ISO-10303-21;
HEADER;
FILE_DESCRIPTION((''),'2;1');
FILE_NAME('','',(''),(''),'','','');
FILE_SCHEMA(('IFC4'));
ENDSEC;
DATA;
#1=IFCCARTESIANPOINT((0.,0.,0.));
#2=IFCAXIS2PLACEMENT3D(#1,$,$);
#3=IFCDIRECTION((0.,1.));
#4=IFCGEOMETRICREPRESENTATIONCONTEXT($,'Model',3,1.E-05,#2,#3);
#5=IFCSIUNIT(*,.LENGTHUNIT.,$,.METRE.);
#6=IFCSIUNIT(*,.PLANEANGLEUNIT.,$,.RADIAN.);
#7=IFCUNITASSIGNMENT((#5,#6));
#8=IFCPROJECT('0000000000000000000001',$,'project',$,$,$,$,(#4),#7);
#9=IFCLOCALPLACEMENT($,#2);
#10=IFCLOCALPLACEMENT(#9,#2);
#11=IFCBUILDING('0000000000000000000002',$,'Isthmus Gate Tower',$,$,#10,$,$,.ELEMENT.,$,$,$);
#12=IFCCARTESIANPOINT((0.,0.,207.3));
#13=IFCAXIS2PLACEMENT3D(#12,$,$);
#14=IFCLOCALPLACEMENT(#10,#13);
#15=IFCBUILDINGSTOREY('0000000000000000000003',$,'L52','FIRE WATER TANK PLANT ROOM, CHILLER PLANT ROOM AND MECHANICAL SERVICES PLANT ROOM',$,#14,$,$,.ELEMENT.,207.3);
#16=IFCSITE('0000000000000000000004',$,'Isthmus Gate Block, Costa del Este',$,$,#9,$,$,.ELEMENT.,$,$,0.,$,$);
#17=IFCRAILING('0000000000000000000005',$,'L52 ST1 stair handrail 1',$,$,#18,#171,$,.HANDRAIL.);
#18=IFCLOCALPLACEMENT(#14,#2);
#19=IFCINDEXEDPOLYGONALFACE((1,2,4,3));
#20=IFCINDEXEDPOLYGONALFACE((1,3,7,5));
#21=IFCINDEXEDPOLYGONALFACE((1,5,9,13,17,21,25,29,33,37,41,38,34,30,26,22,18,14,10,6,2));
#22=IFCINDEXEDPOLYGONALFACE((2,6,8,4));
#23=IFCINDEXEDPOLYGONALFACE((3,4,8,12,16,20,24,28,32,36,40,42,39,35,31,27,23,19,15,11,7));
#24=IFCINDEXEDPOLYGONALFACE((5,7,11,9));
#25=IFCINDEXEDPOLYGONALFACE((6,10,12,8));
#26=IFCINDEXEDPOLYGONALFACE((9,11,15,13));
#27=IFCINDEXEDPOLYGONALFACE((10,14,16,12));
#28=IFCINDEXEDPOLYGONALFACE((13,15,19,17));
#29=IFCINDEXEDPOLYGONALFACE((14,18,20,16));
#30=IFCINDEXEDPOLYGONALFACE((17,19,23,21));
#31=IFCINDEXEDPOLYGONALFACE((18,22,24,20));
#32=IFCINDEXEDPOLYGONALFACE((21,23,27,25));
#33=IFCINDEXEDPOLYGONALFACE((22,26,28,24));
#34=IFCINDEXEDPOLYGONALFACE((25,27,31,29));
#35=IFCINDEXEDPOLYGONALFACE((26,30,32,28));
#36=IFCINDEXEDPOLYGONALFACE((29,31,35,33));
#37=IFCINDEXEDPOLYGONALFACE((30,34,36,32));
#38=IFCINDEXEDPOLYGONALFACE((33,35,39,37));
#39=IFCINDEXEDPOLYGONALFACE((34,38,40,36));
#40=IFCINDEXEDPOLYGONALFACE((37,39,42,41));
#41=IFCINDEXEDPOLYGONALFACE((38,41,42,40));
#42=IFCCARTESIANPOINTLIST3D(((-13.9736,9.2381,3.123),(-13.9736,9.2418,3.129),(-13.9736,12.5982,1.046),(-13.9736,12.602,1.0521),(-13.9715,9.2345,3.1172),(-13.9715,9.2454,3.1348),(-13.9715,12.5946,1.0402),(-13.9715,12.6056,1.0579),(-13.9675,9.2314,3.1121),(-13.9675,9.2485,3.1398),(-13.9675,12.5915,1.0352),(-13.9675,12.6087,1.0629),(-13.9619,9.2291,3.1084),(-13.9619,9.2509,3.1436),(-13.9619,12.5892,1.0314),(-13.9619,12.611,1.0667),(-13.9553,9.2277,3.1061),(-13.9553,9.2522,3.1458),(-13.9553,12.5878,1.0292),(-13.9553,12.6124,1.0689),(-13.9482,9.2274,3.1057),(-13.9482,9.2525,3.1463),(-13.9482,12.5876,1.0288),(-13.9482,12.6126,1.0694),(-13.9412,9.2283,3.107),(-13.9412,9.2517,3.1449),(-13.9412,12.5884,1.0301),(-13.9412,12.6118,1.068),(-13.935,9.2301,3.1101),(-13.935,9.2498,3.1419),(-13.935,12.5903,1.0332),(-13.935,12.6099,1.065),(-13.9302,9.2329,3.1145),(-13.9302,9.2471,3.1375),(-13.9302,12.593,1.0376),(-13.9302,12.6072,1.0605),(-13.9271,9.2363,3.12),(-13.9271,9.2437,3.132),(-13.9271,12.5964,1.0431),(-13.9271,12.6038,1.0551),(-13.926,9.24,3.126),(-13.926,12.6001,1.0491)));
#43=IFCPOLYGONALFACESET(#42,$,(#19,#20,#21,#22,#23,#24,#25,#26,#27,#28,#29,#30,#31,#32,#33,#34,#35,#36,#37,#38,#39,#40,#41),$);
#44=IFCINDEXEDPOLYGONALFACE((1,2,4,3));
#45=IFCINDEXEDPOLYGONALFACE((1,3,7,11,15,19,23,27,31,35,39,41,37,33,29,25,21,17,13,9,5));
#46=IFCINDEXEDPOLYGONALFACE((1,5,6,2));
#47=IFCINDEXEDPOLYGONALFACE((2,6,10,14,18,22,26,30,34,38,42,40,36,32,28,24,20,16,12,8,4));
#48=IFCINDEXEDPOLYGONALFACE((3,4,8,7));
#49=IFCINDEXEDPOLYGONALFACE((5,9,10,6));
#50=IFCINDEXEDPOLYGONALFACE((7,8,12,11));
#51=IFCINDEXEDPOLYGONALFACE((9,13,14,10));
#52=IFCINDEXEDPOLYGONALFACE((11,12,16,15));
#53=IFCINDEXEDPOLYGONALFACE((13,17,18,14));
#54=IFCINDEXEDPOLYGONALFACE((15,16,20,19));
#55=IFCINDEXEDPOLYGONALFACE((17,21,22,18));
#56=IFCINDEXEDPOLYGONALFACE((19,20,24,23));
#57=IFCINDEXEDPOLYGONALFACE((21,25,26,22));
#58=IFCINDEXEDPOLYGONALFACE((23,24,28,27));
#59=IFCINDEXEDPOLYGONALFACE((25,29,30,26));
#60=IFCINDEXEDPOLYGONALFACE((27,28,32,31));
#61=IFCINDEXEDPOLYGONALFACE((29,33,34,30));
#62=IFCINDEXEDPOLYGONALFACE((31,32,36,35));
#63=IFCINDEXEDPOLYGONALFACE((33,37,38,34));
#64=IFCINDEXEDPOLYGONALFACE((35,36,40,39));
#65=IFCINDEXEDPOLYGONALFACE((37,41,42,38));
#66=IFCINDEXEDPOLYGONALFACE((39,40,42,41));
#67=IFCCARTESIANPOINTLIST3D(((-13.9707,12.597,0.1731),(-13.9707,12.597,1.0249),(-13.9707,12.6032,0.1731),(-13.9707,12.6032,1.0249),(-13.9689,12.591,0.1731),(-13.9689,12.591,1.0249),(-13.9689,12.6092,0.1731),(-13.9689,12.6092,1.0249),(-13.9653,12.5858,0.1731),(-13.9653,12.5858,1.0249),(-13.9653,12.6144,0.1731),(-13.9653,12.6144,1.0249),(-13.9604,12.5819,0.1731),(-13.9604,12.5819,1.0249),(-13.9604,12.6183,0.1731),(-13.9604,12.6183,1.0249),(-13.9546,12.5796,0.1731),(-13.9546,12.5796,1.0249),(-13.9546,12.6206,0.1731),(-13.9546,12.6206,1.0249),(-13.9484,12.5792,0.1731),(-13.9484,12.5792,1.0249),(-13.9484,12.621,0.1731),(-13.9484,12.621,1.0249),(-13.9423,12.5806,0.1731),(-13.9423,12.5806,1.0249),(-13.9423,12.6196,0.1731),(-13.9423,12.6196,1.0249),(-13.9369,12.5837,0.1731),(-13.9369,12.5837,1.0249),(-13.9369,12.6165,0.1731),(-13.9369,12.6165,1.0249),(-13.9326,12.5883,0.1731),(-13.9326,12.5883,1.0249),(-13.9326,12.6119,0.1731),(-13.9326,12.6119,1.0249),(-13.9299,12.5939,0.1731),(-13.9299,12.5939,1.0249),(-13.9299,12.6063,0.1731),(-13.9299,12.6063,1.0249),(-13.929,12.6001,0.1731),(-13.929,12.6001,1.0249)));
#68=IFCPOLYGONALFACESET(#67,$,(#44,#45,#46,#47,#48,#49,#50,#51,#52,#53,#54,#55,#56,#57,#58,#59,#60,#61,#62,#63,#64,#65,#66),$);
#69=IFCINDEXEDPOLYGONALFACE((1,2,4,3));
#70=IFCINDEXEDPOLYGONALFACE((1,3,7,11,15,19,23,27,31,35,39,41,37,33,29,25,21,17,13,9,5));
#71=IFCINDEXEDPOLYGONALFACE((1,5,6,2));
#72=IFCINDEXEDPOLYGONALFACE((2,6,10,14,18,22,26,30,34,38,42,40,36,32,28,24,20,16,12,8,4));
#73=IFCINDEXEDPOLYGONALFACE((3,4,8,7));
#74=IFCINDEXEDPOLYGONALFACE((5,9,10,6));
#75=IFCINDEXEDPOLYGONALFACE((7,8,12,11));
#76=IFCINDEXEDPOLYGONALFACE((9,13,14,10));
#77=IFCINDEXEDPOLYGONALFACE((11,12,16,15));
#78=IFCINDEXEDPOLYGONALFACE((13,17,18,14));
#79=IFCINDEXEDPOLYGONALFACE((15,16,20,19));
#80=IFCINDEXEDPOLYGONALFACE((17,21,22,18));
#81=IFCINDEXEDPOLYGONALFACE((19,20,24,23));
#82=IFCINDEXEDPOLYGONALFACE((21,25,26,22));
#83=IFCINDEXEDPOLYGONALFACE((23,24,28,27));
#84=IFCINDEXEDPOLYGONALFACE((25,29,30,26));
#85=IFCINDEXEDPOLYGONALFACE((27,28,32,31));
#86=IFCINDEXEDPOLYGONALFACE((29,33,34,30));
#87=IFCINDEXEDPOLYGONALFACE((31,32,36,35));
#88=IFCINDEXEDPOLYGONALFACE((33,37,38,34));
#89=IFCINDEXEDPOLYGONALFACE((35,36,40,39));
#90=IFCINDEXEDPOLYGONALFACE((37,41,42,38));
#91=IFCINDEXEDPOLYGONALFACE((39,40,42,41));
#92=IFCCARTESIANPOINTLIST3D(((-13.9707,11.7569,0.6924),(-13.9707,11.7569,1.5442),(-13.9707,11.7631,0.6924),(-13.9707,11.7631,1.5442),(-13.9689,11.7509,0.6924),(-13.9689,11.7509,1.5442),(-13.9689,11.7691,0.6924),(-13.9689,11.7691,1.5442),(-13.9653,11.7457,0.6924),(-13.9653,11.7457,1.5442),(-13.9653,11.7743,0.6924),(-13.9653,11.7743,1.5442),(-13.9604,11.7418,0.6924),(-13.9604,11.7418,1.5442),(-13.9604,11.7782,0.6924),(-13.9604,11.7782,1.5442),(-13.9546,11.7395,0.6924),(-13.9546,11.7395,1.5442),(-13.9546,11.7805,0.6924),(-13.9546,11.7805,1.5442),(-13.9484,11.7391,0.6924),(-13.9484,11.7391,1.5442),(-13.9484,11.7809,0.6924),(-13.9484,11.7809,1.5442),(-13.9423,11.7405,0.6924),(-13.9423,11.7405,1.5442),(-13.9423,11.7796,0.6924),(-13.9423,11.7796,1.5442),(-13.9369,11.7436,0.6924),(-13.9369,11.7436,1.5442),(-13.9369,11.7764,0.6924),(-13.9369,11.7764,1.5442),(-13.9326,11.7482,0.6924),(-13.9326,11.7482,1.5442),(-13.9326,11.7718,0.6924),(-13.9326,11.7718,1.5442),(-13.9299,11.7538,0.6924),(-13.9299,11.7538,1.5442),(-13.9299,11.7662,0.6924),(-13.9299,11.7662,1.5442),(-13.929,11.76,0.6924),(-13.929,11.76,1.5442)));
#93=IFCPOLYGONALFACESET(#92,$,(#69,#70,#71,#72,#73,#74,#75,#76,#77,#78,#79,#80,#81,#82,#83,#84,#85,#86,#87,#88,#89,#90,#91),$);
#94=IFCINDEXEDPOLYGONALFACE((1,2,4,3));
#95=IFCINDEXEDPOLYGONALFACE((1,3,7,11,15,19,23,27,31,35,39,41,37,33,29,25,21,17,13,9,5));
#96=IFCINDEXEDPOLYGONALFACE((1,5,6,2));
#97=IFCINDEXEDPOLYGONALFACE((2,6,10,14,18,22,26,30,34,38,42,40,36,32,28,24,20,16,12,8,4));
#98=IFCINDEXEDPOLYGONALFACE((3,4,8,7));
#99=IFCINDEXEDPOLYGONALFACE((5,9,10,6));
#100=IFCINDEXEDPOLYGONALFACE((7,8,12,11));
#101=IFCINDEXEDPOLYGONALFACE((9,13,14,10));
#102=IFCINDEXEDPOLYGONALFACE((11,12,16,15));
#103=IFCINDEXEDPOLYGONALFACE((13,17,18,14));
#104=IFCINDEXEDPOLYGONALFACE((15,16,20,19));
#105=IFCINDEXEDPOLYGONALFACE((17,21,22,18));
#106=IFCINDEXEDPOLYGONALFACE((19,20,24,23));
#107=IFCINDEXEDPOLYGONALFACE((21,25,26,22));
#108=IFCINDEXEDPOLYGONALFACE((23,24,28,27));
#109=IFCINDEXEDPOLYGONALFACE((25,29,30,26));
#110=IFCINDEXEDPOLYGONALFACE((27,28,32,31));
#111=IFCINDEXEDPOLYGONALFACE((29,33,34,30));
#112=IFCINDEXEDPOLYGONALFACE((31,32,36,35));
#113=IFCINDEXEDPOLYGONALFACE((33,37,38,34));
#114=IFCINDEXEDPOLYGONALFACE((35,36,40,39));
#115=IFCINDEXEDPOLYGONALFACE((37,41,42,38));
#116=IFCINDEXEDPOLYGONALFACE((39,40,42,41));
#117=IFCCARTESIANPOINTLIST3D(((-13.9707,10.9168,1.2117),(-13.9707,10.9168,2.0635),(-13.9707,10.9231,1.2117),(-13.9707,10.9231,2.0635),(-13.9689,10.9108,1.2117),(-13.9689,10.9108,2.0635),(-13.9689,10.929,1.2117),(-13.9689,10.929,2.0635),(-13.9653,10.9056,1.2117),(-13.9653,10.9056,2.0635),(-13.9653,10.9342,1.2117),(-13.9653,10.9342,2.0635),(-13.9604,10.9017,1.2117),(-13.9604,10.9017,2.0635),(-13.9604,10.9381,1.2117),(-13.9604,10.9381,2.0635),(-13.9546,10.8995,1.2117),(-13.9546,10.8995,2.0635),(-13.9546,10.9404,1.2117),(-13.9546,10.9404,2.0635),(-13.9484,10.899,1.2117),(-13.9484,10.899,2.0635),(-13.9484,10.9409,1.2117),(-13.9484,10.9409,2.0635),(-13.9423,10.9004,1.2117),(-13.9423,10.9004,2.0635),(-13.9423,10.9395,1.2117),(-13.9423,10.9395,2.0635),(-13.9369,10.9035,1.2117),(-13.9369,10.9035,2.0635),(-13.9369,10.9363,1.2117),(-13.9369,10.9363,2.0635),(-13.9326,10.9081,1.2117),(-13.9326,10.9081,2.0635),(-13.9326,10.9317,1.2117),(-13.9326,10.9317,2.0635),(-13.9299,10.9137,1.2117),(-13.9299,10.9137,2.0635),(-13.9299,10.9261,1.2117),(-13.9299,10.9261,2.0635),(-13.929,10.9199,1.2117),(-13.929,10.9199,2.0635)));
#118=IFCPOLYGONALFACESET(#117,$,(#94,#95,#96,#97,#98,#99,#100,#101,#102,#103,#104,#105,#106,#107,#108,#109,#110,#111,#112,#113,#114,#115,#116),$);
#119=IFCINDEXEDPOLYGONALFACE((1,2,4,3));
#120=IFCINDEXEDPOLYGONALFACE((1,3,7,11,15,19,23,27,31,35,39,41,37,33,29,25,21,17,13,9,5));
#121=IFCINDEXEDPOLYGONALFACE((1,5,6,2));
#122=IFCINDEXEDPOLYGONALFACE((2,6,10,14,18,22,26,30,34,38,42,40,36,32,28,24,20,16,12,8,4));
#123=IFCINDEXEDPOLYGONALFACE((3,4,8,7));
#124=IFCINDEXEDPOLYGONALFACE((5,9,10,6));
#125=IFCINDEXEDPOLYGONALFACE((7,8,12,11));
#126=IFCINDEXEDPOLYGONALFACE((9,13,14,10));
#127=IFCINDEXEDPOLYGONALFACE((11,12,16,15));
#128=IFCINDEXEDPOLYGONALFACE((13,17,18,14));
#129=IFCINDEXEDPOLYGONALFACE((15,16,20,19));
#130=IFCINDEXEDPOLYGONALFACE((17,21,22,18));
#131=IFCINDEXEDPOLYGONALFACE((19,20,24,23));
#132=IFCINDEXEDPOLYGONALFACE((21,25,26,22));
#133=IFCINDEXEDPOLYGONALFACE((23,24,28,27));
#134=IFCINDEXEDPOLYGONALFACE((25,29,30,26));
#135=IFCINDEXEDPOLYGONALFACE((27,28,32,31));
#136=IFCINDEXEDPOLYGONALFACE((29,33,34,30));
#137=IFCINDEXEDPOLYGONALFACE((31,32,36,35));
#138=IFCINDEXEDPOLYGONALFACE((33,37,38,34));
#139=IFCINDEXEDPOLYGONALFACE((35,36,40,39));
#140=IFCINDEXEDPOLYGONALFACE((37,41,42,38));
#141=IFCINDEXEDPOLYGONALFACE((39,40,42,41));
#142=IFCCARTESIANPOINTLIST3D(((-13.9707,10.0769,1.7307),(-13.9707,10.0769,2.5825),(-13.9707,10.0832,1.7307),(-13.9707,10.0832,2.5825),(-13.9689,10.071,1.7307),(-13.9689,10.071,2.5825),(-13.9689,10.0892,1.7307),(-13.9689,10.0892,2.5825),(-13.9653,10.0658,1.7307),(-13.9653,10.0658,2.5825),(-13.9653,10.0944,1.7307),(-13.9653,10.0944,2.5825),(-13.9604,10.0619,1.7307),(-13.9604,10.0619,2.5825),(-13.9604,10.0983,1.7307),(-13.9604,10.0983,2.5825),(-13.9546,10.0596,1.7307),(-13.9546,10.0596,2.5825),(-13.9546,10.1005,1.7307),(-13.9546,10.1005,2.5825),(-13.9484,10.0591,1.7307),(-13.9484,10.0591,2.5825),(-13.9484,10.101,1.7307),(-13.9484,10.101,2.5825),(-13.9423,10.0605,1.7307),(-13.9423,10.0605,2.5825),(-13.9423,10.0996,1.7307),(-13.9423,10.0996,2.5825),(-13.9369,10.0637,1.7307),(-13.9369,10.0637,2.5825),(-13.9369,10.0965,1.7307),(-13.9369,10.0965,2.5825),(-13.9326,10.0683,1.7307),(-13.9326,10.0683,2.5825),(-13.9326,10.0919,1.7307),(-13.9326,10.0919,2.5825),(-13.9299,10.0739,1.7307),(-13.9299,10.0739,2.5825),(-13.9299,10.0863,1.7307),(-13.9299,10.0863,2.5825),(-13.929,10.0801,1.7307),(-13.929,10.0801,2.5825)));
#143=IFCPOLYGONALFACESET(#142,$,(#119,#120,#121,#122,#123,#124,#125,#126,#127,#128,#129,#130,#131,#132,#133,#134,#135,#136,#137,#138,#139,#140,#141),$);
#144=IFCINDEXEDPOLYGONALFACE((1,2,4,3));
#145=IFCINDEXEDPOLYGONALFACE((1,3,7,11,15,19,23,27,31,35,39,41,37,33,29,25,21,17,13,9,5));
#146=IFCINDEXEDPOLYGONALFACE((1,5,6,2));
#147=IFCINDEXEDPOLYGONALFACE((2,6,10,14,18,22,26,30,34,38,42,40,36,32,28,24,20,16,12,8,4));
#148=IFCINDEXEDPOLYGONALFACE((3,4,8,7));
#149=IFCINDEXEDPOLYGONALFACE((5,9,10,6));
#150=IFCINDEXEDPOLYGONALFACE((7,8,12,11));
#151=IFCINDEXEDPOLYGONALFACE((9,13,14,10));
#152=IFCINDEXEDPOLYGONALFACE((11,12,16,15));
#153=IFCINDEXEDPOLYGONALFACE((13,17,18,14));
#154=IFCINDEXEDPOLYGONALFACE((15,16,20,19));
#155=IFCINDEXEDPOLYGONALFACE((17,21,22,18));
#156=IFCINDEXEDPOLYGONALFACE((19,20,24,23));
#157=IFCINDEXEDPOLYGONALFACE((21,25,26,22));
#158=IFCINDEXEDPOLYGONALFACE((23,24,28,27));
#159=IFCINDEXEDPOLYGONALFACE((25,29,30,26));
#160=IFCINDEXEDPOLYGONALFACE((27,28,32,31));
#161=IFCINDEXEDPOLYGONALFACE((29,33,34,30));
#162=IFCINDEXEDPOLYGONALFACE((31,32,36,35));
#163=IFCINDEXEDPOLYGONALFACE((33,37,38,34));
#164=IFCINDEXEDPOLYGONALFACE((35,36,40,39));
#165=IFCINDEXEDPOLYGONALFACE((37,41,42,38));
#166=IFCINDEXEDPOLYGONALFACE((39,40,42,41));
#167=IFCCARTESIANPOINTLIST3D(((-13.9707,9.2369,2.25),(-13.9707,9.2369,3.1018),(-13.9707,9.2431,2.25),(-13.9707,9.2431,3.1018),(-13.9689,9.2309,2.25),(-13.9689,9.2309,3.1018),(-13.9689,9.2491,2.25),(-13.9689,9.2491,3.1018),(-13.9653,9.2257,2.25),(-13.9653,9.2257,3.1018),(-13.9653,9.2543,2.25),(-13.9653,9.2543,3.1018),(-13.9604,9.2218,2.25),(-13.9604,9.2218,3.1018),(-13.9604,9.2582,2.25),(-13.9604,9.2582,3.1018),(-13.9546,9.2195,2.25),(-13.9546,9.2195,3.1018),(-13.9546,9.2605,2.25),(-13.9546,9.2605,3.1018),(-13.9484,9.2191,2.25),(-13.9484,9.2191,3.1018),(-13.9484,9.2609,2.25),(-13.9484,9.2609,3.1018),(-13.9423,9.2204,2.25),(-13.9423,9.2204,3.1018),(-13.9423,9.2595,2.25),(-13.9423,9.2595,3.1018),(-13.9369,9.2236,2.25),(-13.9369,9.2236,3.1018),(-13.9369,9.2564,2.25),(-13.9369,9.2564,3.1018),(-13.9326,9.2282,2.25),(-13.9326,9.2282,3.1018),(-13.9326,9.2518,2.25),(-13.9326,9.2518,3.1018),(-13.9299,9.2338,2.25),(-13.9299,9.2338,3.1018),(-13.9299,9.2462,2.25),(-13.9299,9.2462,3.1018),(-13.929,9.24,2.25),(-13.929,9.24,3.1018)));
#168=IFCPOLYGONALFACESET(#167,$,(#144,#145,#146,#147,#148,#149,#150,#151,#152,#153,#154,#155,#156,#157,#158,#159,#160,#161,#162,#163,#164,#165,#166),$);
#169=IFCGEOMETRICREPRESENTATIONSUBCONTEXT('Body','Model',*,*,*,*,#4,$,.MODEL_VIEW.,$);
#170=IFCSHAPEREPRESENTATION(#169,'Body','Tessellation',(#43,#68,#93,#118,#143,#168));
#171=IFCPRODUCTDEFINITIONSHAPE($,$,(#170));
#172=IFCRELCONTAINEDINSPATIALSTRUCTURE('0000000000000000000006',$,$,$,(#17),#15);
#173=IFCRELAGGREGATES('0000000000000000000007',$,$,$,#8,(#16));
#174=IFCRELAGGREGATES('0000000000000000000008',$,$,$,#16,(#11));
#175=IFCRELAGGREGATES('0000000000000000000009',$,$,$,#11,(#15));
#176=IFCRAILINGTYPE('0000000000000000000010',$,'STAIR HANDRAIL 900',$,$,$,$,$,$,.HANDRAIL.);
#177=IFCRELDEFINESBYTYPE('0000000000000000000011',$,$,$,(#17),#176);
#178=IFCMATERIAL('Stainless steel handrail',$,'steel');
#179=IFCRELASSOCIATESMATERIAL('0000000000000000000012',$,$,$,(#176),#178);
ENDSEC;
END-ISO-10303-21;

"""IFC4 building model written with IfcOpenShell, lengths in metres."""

from ifc_helpers import new_model, si_unit, direction, frame, origin, origin_2d, place, context, subcontext, project, spatial, circle, extrude, material, type_object, element, save


model = new_model("IFC4")

# Units and contexts
model_context = context("Model", 3, precision=1e-05, world=origin(), true_north=direction((0.0, 1.0)))
body_context = subcontext(model_context, "Body", "Model", "MODEL_VIEW")
ifc_project = project(units=[si_unit("LENGTHUNIT", "METRE"), si_unit("PLANEANGLEUNIT", "RADIAN")], contexts=[model_context])

# Site, building, storey
site_placement = place(None, origin())
site = spatial("IfcSite", under=ifc_project, at=site_placement, Name="Isthmus Gate Block, Costa del Este", CompositionType="ELEMENT", RefElevation=0.0)
building_placement = place(site_placement, origin())
building = spatial("IfcBuilding", under=site, at=building_placement, Name="Isthmus Gate Tower", CompositionType="ELEMENT")
storey_placement = place(building_placement, frame((0.0, 0.0, 207.3)))
storey = spatial("IfcBuildingStorey", under=building, at=storey_placement, Name="L52", Description="FIRE WATER TANK PLANT ROOM, CHILLER PLANT ROOM AND MECHANICAL SERVICES PLANT ROOM", CompositionType="ELEMENT", Elevation=207.3)

# Railing
ifc_material_1 = material(Name="Stainless steel handrail", Category="steel")
railing_type_1 = type_object("IfcRailingType", Name="STAIR HANDRAIL 900", PredefinedType="HANDRAIL", material=ifc_material_1)
railing_1_placement = place(storey_placement, frame((-13.95, 12.6001, 0.1731)))
element("IfcRailing", 1, at=railing_1_placement, inside=storey, type_object=railing_type_1, Name="L52 ST1 stair handrail 1", PredefinedType="HANDRAIL", context=body_context, shape_type="SweptSolid", body=[
    extrude(circle(Radius=0.0239, at=origin_2d()), frame((0.0, 0.0, 0.876), z_axis=(0.0, -0.850623, 0.525776), x_axis=(1.0, 0.0, 0.0)), (0.0, 0.0, 1.0), 3.9502),
    extrude(circle(Radius=0.021, at=origin_2d()), origin(), (0.0, 0.0, 1.0), 0.8518),
    extrude(circle(Radius=0.021, at=origin_2d()), frame((0.0, -0.8401, 0.5193)), (0.0, 0.0, 1.0), 0.8518),
    extrude(circle(Radius=0.021, at=origin_2d()), frame((0.0, -1.6802, 1.0386)), (0.0, 0.0, 1.0), 0.8518),
    extrude(circle(Radius=0.021, at=origin_2d()), frame((0.0, -2.52, 1.5576)), (0.0, 0.0, 1.0), 0.8518),
    extrude(circle(Radius=0.021, at=origin_2d()), frame((0.0, -3.3601, 2.0769)), (0.0, 0.0, 1.0), 0.8518),
])

save(model, "model.ifc")
